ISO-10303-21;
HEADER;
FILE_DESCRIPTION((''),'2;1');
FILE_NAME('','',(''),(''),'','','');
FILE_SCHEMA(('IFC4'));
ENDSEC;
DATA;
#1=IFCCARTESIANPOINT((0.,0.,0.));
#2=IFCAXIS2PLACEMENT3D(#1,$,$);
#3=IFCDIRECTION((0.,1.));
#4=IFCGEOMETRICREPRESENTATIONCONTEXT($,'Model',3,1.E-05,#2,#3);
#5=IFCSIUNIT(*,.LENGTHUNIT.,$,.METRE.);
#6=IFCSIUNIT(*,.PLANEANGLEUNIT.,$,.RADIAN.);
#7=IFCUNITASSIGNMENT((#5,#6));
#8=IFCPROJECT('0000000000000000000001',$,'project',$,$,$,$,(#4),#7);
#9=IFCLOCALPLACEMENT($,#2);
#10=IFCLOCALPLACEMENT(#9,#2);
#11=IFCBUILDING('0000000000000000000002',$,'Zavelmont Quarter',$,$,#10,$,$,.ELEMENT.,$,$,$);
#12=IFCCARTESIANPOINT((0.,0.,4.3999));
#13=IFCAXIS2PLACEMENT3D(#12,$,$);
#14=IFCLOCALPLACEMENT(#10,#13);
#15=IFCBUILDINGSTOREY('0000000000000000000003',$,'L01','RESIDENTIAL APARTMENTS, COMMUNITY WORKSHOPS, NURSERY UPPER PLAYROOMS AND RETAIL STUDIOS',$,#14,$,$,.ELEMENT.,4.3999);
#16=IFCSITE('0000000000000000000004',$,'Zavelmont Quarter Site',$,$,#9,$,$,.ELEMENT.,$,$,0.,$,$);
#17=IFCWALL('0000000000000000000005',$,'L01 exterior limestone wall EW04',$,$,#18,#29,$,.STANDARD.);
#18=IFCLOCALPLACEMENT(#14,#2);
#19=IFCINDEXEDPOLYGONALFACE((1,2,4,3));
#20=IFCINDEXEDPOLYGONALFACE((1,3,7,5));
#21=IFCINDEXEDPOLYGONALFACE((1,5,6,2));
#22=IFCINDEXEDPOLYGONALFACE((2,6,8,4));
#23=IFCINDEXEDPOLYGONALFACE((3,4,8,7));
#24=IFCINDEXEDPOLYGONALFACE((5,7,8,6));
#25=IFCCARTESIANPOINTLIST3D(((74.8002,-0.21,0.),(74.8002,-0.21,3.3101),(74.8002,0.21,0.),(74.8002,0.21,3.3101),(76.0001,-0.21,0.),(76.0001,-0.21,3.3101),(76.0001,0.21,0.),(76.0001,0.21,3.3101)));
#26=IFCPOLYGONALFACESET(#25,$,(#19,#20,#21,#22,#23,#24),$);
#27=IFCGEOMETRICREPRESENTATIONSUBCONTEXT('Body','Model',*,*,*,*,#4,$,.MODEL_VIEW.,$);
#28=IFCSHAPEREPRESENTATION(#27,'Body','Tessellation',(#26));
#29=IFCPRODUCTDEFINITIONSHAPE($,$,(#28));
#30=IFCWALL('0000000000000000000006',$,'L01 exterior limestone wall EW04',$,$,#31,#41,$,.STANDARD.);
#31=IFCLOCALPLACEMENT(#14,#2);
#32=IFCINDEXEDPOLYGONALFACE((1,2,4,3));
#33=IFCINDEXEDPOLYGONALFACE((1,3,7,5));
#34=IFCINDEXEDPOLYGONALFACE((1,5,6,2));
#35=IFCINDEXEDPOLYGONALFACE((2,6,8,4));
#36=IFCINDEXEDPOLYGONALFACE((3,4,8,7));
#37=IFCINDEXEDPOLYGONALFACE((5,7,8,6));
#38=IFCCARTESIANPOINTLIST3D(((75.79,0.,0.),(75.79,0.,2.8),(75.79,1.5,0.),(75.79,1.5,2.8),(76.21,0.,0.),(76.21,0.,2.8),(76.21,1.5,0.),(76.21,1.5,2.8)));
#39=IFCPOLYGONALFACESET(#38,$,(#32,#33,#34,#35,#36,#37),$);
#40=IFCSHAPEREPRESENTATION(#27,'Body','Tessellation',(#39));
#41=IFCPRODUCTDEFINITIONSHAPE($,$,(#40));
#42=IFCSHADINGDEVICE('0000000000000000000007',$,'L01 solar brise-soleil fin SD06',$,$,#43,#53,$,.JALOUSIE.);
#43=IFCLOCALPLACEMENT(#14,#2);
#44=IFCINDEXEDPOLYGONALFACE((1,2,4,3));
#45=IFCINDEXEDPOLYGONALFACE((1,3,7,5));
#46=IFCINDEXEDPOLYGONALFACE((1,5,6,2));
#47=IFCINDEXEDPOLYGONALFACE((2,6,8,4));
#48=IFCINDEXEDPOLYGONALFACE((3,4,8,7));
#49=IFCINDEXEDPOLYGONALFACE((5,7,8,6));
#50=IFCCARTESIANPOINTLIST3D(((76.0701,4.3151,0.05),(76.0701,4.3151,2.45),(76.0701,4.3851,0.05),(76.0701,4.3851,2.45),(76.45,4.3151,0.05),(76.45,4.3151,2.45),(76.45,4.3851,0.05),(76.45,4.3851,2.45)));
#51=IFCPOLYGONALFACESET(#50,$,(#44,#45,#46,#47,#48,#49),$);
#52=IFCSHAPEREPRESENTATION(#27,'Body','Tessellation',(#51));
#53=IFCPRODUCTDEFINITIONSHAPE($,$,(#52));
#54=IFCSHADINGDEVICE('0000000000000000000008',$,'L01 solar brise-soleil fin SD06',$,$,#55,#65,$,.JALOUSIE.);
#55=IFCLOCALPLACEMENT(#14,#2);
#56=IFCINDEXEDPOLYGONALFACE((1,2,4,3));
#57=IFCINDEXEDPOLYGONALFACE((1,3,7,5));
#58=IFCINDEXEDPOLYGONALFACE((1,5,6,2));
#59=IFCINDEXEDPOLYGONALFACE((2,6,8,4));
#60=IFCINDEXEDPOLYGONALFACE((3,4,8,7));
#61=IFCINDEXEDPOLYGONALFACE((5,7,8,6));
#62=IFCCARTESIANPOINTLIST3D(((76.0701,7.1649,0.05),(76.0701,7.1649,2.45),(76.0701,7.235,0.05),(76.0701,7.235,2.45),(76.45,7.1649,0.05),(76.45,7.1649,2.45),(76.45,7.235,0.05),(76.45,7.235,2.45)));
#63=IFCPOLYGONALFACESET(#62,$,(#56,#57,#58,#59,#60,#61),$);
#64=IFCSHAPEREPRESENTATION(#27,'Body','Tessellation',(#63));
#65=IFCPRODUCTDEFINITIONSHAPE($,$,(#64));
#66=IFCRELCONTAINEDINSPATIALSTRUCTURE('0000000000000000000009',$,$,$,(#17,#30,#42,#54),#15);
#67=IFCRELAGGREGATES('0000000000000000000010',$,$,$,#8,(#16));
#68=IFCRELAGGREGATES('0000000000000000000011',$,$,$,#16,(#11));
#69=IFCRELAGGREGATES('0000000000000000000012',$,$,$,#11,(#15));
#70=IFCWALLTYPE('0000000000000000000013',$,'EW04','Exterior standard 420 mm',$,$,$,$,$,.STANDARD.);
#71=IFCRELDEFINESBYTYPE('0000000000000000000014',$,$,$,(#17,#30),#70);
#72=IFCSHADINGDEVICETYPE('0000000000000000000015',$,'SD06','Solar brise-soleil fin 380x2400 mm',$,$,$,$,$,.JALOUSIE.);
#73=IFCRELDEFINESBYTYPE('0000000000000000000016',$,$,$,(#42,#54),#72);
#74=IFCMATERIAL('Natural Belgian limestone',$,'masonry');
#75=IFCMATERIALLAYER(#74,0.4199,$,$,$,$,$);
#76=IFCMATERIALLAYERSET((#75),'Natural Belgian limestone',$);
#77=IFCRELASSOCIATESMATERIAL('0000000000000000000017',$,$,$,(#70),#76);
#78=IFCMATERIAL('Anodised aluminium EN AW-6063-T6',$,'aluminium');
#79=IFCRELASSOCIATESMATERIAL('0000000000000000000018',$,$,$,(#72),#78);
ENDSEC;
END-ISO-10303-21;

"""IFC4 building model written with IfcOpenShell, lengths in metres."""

from ifc_helpers import new_model, si_unit, direction, frame, frame_2d, origin, origin_2d, place, context, subcontext, project, spatial, rectangle, extrude, material, layer, layer_set, type_object, element, save


model = new_model("IFC4")

# Units and contexts
model_context = context("Model", 3, precision=1e-05, world=origin(), true_north=direction((0.0, 1.0)))
body_context = subcontext(model_context, "Body", "Model", "MODEL_VIEW")
ifc_project = project(units=[si_unit("LENGTHUNIT", "METRE"), si_unit("PLANEANGLEUNIT", "RADIAN")], contexts=[model_context])

# Site, building, storey
site_placement = place(None, origin())
site = spatial("IfcSite", under=ifc_project, at=site_placement, Name="Zavelmont Quarter Site", CompositionType="ELEMENT", RefElevation=0.0)
building_placement = place(site_placement, origin())
building = spatial("IfcBuilding", under=site, at=building_placement, Name="Zavelmont Quarter", CompositionType="ELEMENT")
storey_placement = place(building_placement, frame((0.0, 0.0, 4.3999)))
storey = spatial("IfcBuildingStorey", under=building, at=storey_placement, Name="L01", Description="RESIDENTIAL APARTMENTS, COMMUNITY WORKSHOPS, NURSERY UPPER PLAYROOMS AND RETAIL STUDIOS", CompositionType="ELEMENT", Elevation=4.3999)

# Walls
ifc_material_1 = material(Name="Natural Belgian limestone", Category="masonry")
ifc_layer_1 = layer(ifc_material_1, 0.4199)
ifc_layer_set_1 = layer_set([ifc_layer_1], Name="Natural Belgian limestone")
wall_type = type_object("IfcWallType", Name="EW04", Description="Exterior standard 420 mm", PredefinedType="STANDARD", material=ifc_layer_set_1)
wall_1_placement = place(storey_placement, frame((74.8, 0.0, 0.0), z_axis=(0.0, 0.0, 1.0), x_axis=(1.0, 0.0, 0.0)))
element("IfcWall", 1, at=wall_1_placement, inside=storey, type_object=wall_type, Name="L01 exterior limestone wall EW04", PredefinedType="STANDARD", context=body_context, shape_type="SweptSolid", body=[
    extrude(rectangle(XDim=1.2, YDim=0.4199, at=frame_2d((0.6001, 0.0))), origin(), (0.0, 0.0, 1.0), 3.3101),
])
wall_2_placement = place(storey_placement, frame((76.0, 0.0, 0.0), z_axis=(0.0, 0.0, 1.0), x_axis=(0.0, 1.0, 0.0)))
element("IfcWall", 2, at=wall_2_placement, inside=storey, type_object=wall_type, Name="L01 exterior limestone wall EW04", PredefinedType="STANDARD", context=body_context, shape_type="SweptSolid", body=[
    extrude(rectangle(XDim=1.5, YDim=0.4199, at=frame_2d((0.75, 0.0))), origin(), (0.0, 0.0, 1.0), 2.8),
])

# Shading devices
ifc_material_2 = material(Name="Anodised aluminium EN AW-6063-T6", Category="aluminium")
shading_device_type = type_object("IfcShadingDeviceType", Name="SD06", Description="Solar brise-soleil fin 380x2400 mm", PredefinedType="JALOUSIE", material=ifc_material_2)
for number, where, z_axis, x_axis, name in (
    (3, (76.26, 4.3501, 0.05), (0.0, 0.0, 1.0), (0.0, 1.0, 0.0), "L01 solar brise-soleil fin SD06"),
    (4, (76.26, 7.2, 0.05), (0.0, 0.0, 1.0), (0.0, 1.0, 0.0), "L01 solar brise-soleil fin SD06"),
):
    element("IfcShadingDevice", number, at=place(storey_placement, frame(where, z_axis=z_axis, x_axis=x_axis)), inside=storey, type_object=shading_device_type, Name=name, PredefinedType="JALOUSIE", context=body_context, shape_type="SweptSolid", body=[
        extrude(rectangle(XDim=0.0701, YDim=0.3799, at=origin_2d()), origin(), (0.0, 0.0, 1.0), 2.3999),
    ])

save(model, "model.ifc")
